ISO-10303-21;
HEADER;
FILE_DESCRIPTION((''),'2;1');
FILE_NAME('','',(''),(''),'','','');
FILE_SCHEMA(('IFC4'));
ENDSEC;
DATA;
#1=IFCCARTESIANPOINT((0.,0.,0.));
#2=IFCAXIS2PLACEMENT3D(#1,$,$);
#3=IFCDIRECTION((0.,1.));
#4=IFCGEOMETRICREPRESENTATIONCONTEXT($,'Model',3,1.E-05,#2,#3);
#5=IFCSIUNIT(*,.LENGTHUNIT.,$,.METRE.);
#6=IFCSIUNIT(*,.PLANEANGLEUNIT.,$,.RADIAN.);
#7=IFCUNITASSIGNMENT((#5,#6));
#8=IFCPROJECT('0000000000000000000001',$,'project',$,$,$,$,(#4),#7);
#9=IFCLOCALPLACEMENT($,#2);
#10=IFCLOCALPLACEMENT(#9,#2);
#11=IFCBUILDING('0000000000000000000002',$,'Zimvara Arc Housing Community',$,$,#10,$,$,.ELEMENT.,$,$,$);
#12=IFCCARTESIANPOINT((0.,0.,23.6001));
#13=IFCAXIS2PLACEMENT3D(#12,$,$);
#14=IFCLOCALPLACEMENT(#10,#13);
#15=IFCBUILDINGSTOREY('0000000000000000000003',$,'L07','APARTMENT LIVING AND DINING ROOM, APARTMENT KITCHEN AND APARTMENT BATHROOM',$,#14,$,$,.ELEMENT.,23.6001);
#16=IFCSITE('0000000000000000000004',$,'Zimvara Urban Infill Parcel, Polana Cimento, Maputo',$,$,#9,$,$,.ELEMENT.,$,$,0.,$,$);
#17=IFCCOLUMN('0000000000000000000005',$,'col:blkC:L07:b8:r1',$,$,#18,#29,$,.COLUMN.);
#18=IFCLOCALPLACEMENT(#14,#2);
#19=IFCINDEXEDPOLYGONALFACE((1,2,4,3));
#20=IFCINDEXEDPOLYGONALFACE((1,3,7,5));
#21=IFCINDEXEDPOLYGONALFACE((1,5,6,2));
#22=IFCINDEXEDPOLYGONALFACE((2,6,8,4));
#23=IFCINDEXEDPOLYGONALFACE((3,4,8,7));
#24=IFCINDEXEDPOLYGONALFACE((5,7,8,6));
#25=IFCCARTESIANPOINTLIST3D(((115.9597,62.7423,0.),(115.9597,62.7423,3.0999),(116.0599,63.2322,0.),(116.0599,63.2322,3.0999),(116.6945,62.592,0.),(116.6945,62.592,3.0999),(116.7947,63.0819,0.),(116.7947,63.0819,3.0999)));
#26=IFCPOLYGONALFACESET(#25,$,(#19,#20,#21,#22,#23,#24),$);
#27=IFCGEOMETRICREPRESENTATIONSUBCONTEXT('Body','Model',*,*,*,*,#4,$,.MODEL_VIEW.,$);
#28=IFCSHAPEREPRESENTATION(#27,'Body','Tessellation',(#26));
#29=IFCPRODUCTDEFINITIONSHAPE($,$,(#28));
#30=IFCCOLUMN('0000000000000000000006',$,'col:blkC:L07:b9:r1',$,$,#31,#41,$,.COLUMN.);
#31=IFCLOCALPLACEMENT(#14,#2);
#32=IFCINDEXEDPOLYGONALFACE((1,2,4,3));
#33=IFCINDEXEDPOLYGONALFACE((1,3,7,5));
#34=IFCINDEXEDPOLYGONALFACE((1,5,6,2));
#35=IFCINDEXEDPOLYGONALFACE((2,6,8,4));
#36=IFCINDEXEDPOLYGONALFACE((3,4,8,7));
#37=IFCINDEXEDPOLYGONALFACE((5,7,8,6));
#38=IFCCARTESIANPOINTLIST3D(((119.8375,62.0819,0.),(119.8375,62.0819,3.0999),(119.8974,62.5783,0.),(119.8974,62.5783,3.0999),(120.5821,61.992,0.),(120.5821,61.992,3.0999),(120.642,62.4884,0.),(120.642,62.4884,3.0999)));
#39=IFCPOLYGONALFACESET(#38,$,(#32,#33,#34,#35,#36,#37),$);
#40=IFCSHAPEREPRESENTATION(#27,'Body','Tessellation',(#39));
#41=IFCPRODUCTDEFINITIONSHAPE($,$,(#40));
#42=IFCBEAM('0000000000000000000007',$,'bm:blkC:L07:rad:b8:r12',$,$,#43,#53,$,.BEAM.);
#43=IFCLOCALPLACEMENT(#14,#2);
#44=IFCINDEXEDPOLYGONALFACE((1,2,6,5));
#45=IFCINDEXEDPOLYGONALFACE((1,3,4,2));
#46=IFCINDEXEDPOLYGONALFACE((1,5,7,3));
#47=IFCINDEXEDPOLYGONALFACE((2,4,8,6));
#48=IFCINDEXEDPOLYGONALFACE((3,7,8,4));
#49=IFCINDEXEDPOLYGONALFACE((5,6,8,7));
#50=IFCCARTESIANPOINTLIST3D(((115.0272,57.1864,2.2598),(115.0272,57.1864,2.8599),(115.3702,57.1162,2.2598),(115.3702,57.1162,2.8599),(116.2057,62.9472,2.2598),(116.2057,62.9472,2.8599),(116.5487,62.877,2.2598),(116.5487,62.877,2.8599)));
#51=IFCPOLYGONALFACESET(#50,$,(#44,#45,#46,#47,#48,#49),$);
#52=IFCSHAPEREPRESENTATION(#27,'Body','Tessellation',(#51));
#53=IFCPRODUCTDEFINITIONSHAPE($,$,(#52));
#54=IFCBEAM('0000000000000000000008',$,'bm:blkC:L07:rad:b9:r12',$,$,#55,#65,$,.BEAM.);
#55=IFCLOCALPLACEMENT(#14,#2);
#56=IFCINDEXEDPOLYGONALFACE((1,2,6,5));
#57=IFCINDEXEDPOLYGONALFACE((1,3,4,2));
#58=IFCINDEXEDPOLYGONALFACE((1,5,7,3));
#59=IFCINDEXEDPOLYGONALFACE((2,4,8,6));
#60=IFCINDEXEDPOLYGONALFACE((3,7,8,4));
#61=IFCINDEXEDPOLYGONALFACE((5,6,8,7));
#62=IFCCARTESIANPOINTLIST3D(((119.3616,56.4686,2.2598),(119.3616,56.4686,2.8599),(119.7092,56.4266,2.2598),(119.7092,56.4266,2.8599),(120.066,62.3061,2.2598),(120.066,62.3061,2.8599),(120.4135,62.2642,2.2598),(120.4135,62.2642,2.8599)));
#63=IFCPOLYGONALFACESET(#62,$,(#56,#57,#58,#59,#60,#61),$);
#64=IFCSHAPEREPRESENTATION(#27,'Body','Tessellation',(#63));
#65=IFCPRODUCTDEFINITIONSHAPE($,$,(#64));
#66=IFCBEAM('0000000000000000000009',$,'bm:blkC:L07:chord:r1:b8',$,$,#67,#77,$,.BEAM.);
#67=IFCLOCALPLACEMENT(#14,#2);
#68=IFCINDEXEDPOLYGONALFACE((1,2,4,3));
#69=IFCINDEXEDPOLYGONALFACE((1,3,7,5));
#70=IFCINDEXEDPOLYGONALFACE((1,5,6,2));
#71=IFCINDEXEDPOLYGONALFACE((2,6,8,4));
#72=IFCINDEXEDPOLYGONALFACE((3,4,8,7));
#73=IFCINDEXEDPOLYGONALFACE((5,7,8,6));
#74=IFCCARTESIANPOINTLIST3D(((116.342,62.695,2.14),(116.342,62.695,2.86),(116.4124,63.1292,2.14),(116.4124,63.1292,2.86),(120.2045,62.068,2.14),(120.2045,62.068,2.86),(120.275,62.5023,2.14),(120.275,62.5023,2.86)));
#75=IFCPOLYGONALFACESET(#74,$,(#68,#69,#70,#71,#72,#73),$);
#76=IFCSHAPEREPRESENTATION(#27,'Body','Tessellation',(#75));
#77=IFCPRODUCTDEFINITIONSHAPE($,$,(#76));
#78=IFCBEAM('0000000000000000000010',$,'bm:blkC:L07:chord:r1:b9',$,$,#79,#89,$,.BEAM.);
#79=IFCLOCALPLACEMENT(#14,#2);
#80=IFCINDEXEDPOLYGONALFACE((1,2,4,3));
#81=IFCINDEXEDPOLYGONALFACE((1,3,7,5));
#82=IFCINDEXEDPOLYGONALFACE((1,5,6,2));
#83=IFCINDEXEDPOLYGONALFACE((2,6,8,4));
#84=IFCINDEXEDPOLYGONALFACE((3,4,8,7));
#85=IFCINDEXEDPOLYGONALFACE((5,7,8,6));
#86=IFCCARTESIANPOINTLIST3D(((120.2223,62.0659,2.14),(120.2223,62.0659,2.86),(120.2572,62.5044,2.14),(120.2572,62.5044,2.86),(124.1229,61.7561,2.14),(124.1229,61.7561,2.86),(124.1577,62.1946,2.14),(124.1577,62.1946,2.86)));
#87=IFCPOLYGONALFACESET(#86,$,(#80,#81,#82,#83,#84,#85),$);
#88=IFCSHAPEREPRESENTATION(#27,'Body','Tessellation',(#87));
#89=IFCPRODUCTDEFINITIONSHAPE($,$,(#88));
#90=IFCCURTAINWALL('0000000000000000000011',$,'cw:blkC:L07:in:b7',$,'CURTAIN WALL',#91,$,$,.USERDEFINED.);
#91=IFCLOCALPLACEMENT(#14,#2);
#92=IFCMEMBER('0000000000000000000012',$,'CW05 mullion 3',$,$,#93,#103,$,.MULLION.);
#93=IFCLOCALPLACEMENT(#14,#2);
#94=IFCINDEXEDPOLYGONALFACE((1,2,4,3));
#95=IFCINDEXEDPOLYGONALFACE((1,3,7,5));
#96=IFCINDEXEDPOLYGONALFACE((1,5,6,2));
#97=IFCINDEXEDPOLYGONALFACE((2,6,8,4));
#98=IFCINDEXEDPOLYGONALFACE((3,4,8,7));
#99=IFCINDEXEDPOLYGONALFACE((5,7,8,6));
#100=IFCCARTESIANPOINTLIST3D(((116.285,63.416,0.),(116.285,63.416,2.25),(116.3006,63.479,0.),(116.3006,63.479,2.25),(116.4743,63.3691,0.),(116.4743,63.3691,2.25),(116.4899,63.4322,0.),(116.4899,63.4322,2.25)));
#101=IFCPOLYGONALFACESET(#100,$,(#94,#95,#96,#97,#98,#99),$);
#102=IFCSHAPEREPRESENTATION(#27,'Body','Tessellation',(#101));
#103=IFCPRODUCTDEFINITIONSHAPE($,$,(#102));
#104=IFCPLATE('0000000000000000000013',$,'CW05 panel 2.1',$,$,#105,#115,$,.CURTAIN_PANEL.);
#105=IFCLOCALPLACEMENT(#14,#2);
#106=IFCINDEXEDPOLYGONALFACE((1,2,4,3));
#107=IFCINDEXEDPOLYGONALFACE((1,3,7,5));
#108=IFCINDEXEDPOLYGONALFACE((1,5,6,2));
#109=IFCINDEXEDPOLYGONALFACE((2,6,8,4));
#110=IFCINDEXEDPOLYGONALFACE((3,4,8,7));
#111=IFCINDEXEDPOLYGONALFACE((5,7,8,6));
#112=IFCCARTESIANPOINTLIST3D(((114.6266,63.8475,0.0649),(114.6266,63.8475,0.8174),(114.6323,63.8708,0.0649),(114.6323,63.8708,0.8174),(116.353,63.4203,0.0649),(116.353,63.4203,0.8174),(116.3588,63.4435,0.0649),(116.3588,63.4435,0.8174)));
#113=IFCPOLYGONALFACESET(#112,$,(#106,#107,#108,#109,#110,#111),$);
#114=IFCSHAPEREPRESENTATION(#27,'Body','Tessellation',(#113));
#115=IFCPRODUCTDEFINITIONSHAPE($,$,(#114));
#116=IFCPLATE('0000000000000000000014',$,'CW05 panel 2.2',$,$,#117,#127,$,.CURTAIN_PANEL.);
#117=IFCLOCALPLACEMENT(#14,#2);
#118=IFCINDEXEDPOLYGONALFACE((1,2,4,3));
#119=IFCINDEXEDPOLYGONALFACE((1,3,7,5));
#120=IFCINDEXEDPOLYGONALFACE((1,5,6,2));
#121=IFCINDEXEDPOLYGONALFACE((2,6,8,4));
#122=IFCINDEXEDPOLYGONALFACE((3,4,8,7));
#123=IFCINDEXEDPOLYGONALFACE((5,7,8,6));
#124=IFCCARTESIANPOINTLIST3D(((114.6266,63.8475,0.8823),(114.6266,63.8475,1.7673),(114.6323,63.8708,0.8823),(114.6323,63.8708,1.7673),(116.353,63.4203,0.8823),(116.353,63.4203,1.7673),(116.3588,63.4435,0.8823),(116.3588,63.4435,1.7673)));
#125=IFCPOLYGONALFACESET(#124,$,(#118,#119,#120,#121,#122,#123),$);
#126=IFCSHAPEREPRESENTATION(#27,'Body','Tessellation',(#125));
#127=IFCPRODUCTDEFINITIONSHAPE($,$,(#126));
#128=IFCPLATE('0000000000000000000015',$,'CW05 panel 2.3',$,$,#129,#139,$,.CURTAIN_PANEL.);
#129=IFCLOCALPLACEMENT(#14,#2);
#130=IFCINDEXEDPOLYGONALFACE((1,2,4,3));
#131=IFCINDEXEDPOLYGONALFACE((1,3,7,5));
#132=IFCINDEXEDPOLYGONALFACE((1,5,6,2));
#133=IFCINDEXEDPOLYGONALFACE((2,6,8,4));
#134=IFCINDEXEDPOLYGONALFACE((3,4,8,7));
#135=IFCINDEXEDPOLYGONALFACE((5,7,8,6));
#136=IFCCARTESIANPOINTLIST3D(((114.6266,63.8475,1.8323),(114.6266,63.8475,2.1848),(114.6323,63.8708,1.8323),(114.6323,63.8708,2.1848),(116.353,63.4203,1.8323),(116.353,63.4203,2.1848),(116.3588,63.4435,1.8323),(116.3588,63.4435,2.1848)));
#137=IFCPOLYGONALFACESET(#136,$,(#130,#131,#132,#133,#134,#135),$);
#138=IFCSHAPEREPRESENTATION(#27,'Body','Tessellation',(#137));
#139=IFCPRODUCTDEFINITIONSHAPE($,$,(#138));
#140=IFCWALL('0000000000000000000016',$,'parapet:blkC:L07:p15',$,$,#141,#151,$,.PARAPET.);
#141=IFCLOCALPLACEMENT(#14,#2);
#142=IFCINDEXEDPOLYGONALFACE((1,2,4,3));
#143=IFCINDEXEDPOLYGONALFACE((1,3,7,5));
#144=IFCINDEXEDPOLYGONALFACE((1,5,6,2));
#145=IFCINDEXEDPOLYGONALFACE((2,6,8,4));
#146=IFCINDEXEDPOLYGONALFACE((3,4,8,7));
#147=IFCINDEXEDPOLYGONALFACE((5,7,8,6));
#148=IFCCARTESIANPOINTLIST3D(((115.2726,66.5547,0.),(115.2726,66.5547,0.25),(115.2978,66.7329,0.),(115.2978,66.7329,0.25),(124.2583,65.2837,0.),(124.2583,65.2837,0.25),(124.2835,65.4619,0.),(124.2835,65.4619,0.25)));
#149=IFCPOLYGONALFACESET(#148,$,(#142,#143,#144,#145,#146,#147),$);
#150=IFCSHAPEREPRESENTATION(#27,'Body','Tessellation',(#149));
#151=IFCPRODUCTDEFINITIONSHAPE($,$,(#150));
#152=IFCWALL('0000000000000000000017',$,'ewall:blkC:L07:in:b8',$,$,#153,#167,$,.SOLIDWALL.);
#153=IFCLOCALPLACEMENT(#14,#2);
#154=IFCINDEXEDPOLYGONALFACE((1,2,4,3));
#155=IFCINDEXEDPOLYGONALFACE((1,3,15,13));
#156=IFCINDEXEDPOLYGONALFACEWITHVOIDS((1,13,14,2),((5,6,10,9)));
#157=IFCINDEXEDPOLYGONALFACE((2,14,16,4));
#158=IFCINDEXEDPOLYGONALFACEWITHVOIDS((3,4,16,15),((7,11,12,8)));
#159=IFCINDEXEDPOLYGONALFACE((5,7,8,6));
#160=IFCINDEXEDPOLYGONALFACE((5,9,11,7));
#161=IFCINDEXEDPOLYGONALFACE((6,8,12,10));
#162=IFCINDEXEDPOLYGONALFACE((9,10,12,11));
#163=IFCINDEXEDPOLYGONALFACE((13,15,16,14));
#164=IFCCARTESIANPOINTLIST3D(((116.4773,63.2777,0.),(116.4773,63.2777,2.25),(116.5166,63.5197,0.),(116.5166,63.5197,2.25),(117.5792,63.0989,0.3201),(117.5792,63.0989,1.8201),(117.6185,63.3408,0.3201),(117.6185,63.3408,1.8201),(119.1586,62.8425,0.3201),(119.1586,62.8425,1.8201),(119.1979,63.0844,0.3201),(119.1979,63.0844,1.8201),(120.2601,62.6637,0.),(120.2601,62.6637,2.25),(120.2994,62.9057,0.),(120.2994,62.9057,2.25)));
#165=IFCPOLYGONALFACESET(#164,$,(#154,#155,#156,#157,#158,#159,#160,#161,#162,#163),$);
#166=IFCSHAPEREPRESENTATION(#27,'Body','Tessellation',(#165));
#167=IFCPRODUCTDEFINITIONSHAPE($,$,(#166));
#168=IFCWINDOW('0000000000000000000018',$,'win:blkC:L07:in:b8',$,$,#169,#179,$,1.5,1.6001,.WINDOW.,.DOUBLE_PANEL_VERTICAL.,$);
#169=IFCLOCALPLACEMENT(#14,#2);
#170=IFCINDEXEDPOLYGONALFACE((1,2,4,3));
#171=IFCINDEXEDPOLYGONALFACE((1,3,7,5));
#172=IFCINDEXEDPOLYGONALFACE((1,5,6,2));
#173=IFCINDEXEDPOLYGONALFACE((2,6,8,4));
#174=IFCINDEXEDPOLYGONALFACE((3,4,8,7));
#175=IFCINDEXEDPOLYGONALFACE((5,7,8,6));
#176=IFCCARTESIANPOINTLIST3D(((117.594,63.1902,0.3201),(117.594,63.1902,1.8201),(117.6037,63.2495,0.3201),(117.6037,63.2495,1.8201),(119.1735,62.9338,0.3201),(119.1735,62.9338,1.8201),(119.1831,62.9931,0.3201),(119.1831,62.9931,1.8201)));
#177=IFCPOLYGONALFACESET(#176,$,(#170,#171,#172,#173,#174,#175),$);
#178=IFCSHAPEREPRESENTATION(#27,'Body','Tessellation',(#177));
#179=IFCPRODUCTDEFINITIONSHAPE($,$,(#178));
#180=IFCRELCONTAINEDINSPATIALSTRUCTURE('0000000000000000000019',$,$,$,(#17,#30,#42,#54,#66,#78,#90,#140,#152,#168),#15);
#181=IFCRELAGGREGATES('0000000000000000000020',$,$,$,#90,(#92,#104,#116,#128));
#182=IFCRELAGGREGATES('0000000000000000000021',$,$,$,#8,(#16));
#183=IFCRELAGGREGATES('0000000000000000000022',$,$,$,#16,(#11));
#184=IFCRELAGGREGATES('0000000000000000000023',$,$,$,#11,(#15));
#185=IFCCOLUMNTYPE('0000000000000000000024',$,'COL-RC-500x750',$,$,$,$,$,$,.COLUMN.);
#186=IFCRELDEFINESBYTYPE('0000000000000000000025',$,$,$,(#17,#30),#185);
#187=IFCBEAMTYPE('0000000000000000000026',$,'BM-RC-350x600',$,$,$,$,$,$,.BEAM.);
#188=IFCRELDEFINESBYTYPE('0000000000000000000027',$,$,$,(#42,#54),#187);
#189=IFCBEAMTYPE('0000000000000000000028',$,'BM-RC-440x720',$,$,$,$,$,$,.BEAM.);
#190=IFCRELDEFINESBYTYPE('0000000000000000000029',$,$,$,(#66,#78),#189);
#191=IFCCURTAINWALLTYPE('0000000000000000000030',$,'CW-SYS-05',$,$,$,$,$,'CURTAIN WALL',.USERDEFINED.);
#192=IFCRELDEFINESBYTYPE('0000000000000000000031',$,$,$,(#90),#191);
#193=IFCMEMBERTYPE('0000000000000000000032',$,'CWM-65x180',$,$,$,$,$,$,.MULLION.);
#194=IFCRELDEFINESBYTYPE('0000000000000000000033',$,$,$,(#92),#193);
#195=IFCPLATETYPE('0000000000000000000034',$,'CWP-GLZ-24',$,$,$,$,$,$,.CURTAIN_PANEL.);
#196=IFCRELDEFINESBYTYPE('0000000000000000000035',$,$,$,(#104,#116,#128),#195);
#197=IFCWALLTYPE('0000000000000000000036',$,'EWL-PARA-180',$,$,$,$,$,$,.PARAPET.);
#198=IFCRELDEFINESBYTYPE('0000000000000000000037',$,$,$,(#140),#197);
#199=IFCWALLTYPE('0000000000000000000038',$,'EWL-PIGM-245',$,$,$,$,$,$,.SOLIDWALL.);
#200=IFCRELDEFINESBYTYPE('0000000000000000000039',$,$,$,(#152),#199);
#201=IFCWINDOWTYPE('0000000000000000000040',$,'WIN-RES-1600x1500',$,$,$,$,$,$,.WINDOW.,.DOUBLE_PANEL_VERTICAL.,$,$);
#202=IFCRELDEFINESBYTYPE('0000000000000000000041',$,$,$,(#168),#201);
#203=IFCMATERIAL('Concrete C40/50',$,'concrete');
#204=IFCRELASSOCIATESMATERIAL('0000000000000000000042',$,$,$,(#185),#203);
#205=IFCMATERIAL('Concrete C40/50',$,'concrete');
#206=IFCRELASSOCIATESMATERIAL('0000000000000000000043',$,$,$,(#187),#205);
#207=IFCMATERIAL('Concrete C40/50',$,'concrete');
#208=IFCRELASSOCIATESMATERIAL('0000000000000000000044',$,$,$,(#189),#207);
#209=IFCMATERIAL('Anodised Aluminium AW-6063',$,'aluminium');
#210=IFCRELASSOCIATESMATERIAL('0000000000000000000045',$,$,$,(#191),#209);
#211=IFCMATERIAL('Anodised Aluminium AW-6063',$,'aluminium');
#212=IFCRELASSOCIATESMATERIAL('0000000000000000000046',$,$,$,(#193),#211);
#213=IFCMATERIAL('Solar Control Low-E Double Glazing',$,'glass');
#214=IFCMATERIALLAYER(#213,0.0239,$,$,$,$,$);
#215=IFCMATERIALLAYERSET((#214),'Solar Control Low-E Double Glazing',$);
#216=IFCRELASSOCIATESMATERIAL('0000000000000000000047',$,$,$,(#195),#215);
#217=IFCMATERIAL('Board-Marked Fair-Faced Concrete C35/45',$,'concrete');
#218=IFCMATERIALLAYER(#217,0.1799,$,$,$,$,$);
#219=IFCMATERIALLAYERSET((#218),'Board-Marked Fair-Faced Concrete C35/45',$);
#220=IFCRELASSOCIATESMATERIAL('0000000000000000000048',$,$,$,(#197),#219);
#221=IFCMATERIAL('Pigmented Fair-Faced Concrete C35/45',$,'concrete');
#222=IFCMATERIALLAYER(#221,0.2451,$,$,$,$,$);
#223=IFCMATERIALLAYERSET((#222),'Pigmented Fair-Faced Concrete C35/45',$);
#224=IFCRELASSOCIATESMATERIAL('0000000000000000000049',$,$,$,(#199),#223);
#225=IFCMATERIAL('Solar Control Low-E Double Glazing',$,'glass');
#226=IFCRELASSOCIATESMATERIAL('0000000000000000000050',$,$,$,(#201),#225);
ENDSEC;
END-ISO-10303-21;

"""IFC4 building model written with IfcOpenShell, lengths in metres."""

from ifc_helpers import new_model, si_unit, direction, frame, frame_2d, origin, origin_2d, place, context, subcontext, project, spatial, rectangle, extrude, material, layer, layer_set, material_profile, profile_set, type_object, element, fill, aggregate, save


model = new_model("IFC4")

# Units and contexts
model_context = context("Model", 3, precision=1e-05, world=origin(), true_north=direction((0.0, 1.0)))
body_context = subcontext(model_context, "Body", "Model", "MODEL_VIEW")
ifc_project = project(units=[si_unit("LENGTHUNIT", "METRE"), si_unit("PLANEANGLEUNIT", "RADIAN")], contexts=[model_context])

# Site, building, storey
site_placement = place(None, origin())
site = spatial("IfcSite", under=ifc_project, at=site_placement, Name="Zimvara Urban Infill Parcel, Polana Cimento, Maputo", CompositionType="ELEMENT", RefElevation=0.0)
building_placement = place(site_placement, origin())
building = spatial("IfcBuilding", under=site, at=building_placement, Name="Zimvara Arc Housing Community", CompositionType="ELEMENT")
storey_placement = place(building_placement, frame((0.0, 0.0, 23.6001)))
storey = spatial("IfcBuildingStorey", under=building, at=storey_placement, Name="L07", Description="APARTMENT LIVING AND DINING ROOM, APARTMENT KITCHEN AND APARTMENT BATHROOM", CompositionType="ELEMENT", Elevation=23.6001)

# Columns
ifc_material_1 = material(Name="Concrete C40/50", Category="concrete")
ifc_material_profile_1 = material_profile(ifc_material_1, rectangle(XDim=0.5, YDim=0.75, at=origin_2d()), Name="RC 500x750")
ifc_profile_set_1 = profile_set([ifc_material_profile_1], Name="Concrete C40/50")
column_type = type_object("IfcColumnType", Name="COL-RC-500x750", PredefinedType="COLUMN", material=ifc_profile_set_1)
for number, where, z_axis, x_axis, name in (
    (1, (116.3772, 62.9121, 0.0), (0.0, 0.0, 1.0), (-0.200394, -0.979715, 0.0), "col:blkC:L07:b8:r1"),
    (2, (120.2397, 62.2852, 0.0), (0.0, 0.0, 1.0), (-0.11979, -0.992799, 0.0), "col:blkC:L07:b9:r1"),
):
    element("IfcColumn", number, at=place(storey_placement, frame(where, z_axis=z_axis, x_axis=x_axis)), inside=storey, type_object=column_type, Name=name, PredefinedType="COLUMN", context=body_context, shape_type="SweptSolid", body=[
        extrude(rectangle(XDim=0.5, YDim=0.75, at=origin_2d()), origin(), (0.0, 0.0, 1.0), 3.0999),
    ])

# Beams
ifc_material_2 = material(Name="Concrete C40/50", Category="concrete")
ifc_material_profile_2 = material_profile(ifc_material_2, rectangle(XDim=0.3501, YDim=0.6001, at=origin_2d()), Name="RC 350x600")
ifc_profile_set_2 = profile_set([ifc_material_profile_2], Name="Concrete C40/50")
beam_type_1 = type_object("IfcBeamType", Name="BM-RC-350x600", PredefinedType="BEAM", material=ifc_profile_set_2)
beam_1_placement = place(storey_placement, frame((116.3772, 62.9121, 2.5598), z_axis=(-0.200418, -0.97971, 0.0), x_axis=(0.97971, -0.200418, 0.0)))
element("IfcBeam", 3, at=beam_1_placement, inside=storey, type_object=beam_type_1, Name="bm:blkC:L07:rad:b8:r12", PredefinedType="BEAM", context=body_context, shape_type="SweptSolid", body=[
    extrude(rectangle(XDim=0.3501, YDim=0.6001, at=origin_2d()), origin(), (0.0, 0.0, 1.0), 5.8801),
])
beam_2_placement = place(storey_placement, frame((120.2397, 62.2852, 2.5598), z_axis=(-0.119787, -0.9928, 0.0), x_axis=(0.9928, -0.119787, 0.0)))
element("IfcBeam", 4, at=beam_2_placement, inside=storey, type_object=beam_type_1, Name="bm:blkC:L07:rad:b9:r12", PredefinedType="BEAM", context=body_context, shape_type="SweptSolid", body=[
    extrude(rectangle(XDim=0.3501, YDim=0.6001, at=origin_2d()), origin(), (0.0, 0.0, 1.0), 5.8799),
])
ifc_material_3 = material(Name="Concrete C40/50", Category="concrete")
ifc_material_profile_3 = material_profile(ifc_material_3, rectangle(XDim=0.4399, YDim=0.72, at=origin_2d()), Name="RC 440x720")
ifc_profile_set_3 = profile_set([ifc_material_profile_3], Name="Concrete C40/50")
beam_type_2 = type_object("IfcBeamType", Name="BM-RC-440x720", PredefinedType="BEAM", material=ifc_profile_set_3)
beam_3_placement = place(storey_placement, frame((116.3772, 62.9121, 2.5), z_axis=(0.987081, -0.160219, 0.0), x_axis=(0.160219, 0.987081, 0.0)))
element("IfcBeam", 5, at=beam_3_placement, inside=storey, type_object=beam_type_2, Name="bm:blkC:L07:chord:r1:b8", PredefinedType="BEAM", context=body_context, shape_type="SweptSolid", body=[
    extrude(rectangle(XDim=0.4399, YDim=0.72, at=origin_2d()), origin(), (0.0, 0.0, 1.0), 3.9131),
])
beam_4_placement = place(storey_placement, frame((120.2397, 62.2852, 2.5), z_axis=(0.996861, -0.079177, 0.0), x_axis=(0.079177, 0.996861, 0.0)))
element("IfcBeam", 6, at=beam_4_placement, inside=storey, type_object=beam_type_2, Name="bm:blkC:L07:chord:r1:b9", PredefinedType="BEAM", context=body_context, shape_type="SweptSolid", body=[
    extrude(rectangle(XDim=0.4399, YDim=0.72, at=origin_2d()), origin(), (0.0, 0.0, 1.0), 3.9128),
])

# Curtain wall, member, plates
ifc_material_4 = material(Name="Anodised Aluminium AW-6063", Category="aluminium")
curtain_wall_type = type_object("IfcCurtainWallType", Name="CW-SYS-05", ElementType="CURTAIN WALL", PredefinedType="USERDEFINED", material=ifc_material_4)
curtain_wall_placement = place(storey_placement, origin())
curtain_wall = element("IfcCurtainWall", 7, at=curtain_wall_placement, inside=storey, type_object=curtain_wall_type, Name="cw:blkC:L07:in:b7", ObjectType="CURTAIN WALL", PredefinedType="USERDEFINED")
ifc_material_5 = material(Name="Anodised Aluminium AW-6063", Category="aluminium")
ifc_material_profile_4 = material_profile(ifc_material_5, rectangle(XDim=0.0649, YDim=0.1951, at=origin_2d()), Name="ALU 65x195")
ifc_profile_set_4 = profile_set([ifc_material_profile_4], Name="Anodised Aluminium AW-6063")
member_type = type_object("IfcMemberType", Name="CWM-65x180", PredefinedType="MULLION", material=ifc_profile_set_4)
member_placement = place(storey_placement, frame((116.3875, 63.4241, 0.0), z_axis=(0.0, 0.0, 1.0), x_axis=(0.240229, 0.970716, 0.0)))
member = element("IfcMember", 8, at=member_placement, type_object=member_type, Name="CW05 mullion 3", PredefinedType="MULLION", context=body_context, shape_type="SweptSolid", body=[
    extrude(rectangle(XDim=0.0649, YDim=0.1951, at=origin_2d()), origin(), (0.0, 0.0, 1.0), 2.25),
])
ifc_material_6 = material(Name="Solar Control Low-E Double Glazing", Category="glass")
ifc_layer_1 = layer(ifc_material_6, 0.0239)
ifc_layer_set_1 = layer_set([ifc_layer_1], Name="Solar Control Low-E Double Glazing")
plate_type = type_object("IfcPlateType", Name="CWP-GLZ-24", PredefinedType="CURTAIN_PANEL", material=ifc_layer_set_1)
plate_1_placement = place(storey_placement, frame((115.4927, 63.6455, 0.0649), z_axis=(0.0, 0.0, 1.0), x_axis=(0.970716, -0.240229, 0.0)))
plate_1 = element("IfcPlate", 9, at=plate_1_placement, type_object=plate_type, Name="CW05 panel 2.1", PredefinedType="CURTAIN_PANEL", context=body_context, shape_type="SweptSolid", body=[
    extrude(rectangle(XDim=1.7786, YDim=0.0239, at=origin_2d()), origin(), (0.0, 0.0, 1.0), 0.7524),
])
plate_2_placement = place(storey_placement, frame((115.4927, 63.6455, 0.8823), z_axis=(0.0, 0.0, 1.0), x_axis=(0.970716, -0.240229, 0.0)))
plate_2 = element("IfcPlate", 10, at=plate_2_placement, type_object=plate_type, Name="CW05 panel 2.2", PredefinedType="CURTAIN_PANEL", context=body_context, shape_type="SweptSolid", body=[
    extrude(rectangle(XDim=1.7786, YDim=0.0239, at=origin_2d()), origin(), (0.0, 0.0, 1.0), 0.885),
])
plate_3_placement = place(storey_placement, frame((115.4927, 63.6455, 1.8323), z_axis=(0.0, 0.0, 1.0), x_axis=(0.970716, -0.240229, 0.0)))
plate_3 = element("IfcPlate", 11, at=plate_3_placement, type_object=plate_type, Name="CW05 panel 2.3", PredefinedType="CURTAIN_PANEL", context=body_context, shape_type="SweptSolid", body=[
    extrude(rectangle(XDim=1.7786, YDim=0.0239, at=origin_2d()), origin(), (0.0, 0.0, 1.0), 0.3525),
])
aggregate(curtain_wall, [member, plate_1, plate_2, plate_3])

# Wall
ifc_material_7 = material(Name="Board-Marked Fair-Faced Concrete C35/45", Category="concrete")
ifc_layer_2 = layer(ifc_material_7, 0.1799)
ifc_layer_set_2 = layer_set([ifc_layer_2], Name="Board-Marked Fair-Faced Concrete C35/45")
wall_type_1 = type_object("IfcWallType", Name="EWL-PARA-180", PredefinedType="PARAPET", material=ifc_layer_set_2)
wall_1_placement = place(storey_placement, frame((115.2852, 66.6438, 0.0), z_axis=(0.0, 0.0, 1.0), x_axis=(0.990144, -0.14005, 0.0)))
element("IfcWall", 12, at=wall_1_placement, inside=storey, type_object=wall_type_1, Name="parapet:blkC:L07:p15", PredefinedType="PARAPET", context=body_context, shape_type="SweptSolid", body=[
    extrude(rectangle(XDim=9.0752, YDim=0.1799, at=frame_2d((4.5376, 0.0))), origin(), (0.0, 0.0, 1.0), 0.25),
])

# Wall, opening, window
ifc_material_8 = material(Name="Pigmented Fair-Faced Concrete C35/45", Category="concrete")
ifc_layer_3 = layer(ifc_material_8, 0.2451)
ifc_layer_set_3 = layer_set([ifc_layer_3], Name="Pigmented Fair-Faced Concrete C35/45")
wall_type_2 = type_object("IfcWallType", Name="EWL-PIGM-245", PredefinedType="SOLIDWALL", material=ifc_layer_set_3)
wall_2_placement = place(storey_placement, frame((116.4971, 63.3987, 0.0), z_axis=(0.0, 0.0, 1.0), x_axis=(0.987081, -0.160224, 0.0)))
wall_2 = element("IfcWall", 13, at=wall_2_placement, inside=storey, type_object=wall_type_2, Name="ewall:blkC:L07:in:b8", PredefinedType="SOLIDWALL", context=body_context, shape_type="SweptSolid", body=[
    extrude(rectangle(XDim=3.8323, YDim=0.2451, at=frame_2d((1.916, 0.0))), origin(), (0.0, 0.0, 1.0), 2.25),
])
opening_1_placement = place(wall_2_placement, frame((1.1162, 0.0, 0.3201)))
opening_1 = element("IfcOpeningElement", 14, at=opening_1_placement, cuts=wall_2, PredefinedType="OPENING", context=body_context, shape_type="SweptSolid", body=[
    extrude(rectangle(XDim=1.6001, YDim=1.5, at=frame_2d((0.8, 0.75))), frame((0.0, 0.1326, 0.0), z_axis=(0.0, -1.0, 0.0), x_axis=(1.0, 0.0, 0.0)), (0.0, 0.0, 1.0), 0.2651),
])
ifc_material_9 = material(Name="Solar Control Low-E Double Glazing", Category="glass")
window_type = type_object("IfcWindowType", Name="WIN-RES-1600x1500", PartitioningType="DOUBLE_PANEL_VERTICAL", PredefinedType="WINDOW", material=ifc_material_9)
window_placement = place(opening_1_placement, origin())
window = element("IfcWindow", 15, at=window_placement, inside=storey, type_object=window_type, Name="win:blkC:L07:in:b8", OverallHeight=1.5, OverallWidth=1.6001, PartitioningType="DOUBLE_PANEL_VERTICAL", PredefinedType="WINDOW", context=body_context, shape_type="SweptSolid", body=[
    extrude(rectangle(XDim=1.6001, YDim=1.5, at=frame_2d((0.8, 0.75))), frame((0.0, 0.03, 0.0), z_axis=(0.0, -1.0, 0.0), x_axis=(1.0, 0.0, 0.0)), (0.0, 0.0, 1.0), 0.0601),
])
fill(opening_1, window)

save(model, "model.ifc")
